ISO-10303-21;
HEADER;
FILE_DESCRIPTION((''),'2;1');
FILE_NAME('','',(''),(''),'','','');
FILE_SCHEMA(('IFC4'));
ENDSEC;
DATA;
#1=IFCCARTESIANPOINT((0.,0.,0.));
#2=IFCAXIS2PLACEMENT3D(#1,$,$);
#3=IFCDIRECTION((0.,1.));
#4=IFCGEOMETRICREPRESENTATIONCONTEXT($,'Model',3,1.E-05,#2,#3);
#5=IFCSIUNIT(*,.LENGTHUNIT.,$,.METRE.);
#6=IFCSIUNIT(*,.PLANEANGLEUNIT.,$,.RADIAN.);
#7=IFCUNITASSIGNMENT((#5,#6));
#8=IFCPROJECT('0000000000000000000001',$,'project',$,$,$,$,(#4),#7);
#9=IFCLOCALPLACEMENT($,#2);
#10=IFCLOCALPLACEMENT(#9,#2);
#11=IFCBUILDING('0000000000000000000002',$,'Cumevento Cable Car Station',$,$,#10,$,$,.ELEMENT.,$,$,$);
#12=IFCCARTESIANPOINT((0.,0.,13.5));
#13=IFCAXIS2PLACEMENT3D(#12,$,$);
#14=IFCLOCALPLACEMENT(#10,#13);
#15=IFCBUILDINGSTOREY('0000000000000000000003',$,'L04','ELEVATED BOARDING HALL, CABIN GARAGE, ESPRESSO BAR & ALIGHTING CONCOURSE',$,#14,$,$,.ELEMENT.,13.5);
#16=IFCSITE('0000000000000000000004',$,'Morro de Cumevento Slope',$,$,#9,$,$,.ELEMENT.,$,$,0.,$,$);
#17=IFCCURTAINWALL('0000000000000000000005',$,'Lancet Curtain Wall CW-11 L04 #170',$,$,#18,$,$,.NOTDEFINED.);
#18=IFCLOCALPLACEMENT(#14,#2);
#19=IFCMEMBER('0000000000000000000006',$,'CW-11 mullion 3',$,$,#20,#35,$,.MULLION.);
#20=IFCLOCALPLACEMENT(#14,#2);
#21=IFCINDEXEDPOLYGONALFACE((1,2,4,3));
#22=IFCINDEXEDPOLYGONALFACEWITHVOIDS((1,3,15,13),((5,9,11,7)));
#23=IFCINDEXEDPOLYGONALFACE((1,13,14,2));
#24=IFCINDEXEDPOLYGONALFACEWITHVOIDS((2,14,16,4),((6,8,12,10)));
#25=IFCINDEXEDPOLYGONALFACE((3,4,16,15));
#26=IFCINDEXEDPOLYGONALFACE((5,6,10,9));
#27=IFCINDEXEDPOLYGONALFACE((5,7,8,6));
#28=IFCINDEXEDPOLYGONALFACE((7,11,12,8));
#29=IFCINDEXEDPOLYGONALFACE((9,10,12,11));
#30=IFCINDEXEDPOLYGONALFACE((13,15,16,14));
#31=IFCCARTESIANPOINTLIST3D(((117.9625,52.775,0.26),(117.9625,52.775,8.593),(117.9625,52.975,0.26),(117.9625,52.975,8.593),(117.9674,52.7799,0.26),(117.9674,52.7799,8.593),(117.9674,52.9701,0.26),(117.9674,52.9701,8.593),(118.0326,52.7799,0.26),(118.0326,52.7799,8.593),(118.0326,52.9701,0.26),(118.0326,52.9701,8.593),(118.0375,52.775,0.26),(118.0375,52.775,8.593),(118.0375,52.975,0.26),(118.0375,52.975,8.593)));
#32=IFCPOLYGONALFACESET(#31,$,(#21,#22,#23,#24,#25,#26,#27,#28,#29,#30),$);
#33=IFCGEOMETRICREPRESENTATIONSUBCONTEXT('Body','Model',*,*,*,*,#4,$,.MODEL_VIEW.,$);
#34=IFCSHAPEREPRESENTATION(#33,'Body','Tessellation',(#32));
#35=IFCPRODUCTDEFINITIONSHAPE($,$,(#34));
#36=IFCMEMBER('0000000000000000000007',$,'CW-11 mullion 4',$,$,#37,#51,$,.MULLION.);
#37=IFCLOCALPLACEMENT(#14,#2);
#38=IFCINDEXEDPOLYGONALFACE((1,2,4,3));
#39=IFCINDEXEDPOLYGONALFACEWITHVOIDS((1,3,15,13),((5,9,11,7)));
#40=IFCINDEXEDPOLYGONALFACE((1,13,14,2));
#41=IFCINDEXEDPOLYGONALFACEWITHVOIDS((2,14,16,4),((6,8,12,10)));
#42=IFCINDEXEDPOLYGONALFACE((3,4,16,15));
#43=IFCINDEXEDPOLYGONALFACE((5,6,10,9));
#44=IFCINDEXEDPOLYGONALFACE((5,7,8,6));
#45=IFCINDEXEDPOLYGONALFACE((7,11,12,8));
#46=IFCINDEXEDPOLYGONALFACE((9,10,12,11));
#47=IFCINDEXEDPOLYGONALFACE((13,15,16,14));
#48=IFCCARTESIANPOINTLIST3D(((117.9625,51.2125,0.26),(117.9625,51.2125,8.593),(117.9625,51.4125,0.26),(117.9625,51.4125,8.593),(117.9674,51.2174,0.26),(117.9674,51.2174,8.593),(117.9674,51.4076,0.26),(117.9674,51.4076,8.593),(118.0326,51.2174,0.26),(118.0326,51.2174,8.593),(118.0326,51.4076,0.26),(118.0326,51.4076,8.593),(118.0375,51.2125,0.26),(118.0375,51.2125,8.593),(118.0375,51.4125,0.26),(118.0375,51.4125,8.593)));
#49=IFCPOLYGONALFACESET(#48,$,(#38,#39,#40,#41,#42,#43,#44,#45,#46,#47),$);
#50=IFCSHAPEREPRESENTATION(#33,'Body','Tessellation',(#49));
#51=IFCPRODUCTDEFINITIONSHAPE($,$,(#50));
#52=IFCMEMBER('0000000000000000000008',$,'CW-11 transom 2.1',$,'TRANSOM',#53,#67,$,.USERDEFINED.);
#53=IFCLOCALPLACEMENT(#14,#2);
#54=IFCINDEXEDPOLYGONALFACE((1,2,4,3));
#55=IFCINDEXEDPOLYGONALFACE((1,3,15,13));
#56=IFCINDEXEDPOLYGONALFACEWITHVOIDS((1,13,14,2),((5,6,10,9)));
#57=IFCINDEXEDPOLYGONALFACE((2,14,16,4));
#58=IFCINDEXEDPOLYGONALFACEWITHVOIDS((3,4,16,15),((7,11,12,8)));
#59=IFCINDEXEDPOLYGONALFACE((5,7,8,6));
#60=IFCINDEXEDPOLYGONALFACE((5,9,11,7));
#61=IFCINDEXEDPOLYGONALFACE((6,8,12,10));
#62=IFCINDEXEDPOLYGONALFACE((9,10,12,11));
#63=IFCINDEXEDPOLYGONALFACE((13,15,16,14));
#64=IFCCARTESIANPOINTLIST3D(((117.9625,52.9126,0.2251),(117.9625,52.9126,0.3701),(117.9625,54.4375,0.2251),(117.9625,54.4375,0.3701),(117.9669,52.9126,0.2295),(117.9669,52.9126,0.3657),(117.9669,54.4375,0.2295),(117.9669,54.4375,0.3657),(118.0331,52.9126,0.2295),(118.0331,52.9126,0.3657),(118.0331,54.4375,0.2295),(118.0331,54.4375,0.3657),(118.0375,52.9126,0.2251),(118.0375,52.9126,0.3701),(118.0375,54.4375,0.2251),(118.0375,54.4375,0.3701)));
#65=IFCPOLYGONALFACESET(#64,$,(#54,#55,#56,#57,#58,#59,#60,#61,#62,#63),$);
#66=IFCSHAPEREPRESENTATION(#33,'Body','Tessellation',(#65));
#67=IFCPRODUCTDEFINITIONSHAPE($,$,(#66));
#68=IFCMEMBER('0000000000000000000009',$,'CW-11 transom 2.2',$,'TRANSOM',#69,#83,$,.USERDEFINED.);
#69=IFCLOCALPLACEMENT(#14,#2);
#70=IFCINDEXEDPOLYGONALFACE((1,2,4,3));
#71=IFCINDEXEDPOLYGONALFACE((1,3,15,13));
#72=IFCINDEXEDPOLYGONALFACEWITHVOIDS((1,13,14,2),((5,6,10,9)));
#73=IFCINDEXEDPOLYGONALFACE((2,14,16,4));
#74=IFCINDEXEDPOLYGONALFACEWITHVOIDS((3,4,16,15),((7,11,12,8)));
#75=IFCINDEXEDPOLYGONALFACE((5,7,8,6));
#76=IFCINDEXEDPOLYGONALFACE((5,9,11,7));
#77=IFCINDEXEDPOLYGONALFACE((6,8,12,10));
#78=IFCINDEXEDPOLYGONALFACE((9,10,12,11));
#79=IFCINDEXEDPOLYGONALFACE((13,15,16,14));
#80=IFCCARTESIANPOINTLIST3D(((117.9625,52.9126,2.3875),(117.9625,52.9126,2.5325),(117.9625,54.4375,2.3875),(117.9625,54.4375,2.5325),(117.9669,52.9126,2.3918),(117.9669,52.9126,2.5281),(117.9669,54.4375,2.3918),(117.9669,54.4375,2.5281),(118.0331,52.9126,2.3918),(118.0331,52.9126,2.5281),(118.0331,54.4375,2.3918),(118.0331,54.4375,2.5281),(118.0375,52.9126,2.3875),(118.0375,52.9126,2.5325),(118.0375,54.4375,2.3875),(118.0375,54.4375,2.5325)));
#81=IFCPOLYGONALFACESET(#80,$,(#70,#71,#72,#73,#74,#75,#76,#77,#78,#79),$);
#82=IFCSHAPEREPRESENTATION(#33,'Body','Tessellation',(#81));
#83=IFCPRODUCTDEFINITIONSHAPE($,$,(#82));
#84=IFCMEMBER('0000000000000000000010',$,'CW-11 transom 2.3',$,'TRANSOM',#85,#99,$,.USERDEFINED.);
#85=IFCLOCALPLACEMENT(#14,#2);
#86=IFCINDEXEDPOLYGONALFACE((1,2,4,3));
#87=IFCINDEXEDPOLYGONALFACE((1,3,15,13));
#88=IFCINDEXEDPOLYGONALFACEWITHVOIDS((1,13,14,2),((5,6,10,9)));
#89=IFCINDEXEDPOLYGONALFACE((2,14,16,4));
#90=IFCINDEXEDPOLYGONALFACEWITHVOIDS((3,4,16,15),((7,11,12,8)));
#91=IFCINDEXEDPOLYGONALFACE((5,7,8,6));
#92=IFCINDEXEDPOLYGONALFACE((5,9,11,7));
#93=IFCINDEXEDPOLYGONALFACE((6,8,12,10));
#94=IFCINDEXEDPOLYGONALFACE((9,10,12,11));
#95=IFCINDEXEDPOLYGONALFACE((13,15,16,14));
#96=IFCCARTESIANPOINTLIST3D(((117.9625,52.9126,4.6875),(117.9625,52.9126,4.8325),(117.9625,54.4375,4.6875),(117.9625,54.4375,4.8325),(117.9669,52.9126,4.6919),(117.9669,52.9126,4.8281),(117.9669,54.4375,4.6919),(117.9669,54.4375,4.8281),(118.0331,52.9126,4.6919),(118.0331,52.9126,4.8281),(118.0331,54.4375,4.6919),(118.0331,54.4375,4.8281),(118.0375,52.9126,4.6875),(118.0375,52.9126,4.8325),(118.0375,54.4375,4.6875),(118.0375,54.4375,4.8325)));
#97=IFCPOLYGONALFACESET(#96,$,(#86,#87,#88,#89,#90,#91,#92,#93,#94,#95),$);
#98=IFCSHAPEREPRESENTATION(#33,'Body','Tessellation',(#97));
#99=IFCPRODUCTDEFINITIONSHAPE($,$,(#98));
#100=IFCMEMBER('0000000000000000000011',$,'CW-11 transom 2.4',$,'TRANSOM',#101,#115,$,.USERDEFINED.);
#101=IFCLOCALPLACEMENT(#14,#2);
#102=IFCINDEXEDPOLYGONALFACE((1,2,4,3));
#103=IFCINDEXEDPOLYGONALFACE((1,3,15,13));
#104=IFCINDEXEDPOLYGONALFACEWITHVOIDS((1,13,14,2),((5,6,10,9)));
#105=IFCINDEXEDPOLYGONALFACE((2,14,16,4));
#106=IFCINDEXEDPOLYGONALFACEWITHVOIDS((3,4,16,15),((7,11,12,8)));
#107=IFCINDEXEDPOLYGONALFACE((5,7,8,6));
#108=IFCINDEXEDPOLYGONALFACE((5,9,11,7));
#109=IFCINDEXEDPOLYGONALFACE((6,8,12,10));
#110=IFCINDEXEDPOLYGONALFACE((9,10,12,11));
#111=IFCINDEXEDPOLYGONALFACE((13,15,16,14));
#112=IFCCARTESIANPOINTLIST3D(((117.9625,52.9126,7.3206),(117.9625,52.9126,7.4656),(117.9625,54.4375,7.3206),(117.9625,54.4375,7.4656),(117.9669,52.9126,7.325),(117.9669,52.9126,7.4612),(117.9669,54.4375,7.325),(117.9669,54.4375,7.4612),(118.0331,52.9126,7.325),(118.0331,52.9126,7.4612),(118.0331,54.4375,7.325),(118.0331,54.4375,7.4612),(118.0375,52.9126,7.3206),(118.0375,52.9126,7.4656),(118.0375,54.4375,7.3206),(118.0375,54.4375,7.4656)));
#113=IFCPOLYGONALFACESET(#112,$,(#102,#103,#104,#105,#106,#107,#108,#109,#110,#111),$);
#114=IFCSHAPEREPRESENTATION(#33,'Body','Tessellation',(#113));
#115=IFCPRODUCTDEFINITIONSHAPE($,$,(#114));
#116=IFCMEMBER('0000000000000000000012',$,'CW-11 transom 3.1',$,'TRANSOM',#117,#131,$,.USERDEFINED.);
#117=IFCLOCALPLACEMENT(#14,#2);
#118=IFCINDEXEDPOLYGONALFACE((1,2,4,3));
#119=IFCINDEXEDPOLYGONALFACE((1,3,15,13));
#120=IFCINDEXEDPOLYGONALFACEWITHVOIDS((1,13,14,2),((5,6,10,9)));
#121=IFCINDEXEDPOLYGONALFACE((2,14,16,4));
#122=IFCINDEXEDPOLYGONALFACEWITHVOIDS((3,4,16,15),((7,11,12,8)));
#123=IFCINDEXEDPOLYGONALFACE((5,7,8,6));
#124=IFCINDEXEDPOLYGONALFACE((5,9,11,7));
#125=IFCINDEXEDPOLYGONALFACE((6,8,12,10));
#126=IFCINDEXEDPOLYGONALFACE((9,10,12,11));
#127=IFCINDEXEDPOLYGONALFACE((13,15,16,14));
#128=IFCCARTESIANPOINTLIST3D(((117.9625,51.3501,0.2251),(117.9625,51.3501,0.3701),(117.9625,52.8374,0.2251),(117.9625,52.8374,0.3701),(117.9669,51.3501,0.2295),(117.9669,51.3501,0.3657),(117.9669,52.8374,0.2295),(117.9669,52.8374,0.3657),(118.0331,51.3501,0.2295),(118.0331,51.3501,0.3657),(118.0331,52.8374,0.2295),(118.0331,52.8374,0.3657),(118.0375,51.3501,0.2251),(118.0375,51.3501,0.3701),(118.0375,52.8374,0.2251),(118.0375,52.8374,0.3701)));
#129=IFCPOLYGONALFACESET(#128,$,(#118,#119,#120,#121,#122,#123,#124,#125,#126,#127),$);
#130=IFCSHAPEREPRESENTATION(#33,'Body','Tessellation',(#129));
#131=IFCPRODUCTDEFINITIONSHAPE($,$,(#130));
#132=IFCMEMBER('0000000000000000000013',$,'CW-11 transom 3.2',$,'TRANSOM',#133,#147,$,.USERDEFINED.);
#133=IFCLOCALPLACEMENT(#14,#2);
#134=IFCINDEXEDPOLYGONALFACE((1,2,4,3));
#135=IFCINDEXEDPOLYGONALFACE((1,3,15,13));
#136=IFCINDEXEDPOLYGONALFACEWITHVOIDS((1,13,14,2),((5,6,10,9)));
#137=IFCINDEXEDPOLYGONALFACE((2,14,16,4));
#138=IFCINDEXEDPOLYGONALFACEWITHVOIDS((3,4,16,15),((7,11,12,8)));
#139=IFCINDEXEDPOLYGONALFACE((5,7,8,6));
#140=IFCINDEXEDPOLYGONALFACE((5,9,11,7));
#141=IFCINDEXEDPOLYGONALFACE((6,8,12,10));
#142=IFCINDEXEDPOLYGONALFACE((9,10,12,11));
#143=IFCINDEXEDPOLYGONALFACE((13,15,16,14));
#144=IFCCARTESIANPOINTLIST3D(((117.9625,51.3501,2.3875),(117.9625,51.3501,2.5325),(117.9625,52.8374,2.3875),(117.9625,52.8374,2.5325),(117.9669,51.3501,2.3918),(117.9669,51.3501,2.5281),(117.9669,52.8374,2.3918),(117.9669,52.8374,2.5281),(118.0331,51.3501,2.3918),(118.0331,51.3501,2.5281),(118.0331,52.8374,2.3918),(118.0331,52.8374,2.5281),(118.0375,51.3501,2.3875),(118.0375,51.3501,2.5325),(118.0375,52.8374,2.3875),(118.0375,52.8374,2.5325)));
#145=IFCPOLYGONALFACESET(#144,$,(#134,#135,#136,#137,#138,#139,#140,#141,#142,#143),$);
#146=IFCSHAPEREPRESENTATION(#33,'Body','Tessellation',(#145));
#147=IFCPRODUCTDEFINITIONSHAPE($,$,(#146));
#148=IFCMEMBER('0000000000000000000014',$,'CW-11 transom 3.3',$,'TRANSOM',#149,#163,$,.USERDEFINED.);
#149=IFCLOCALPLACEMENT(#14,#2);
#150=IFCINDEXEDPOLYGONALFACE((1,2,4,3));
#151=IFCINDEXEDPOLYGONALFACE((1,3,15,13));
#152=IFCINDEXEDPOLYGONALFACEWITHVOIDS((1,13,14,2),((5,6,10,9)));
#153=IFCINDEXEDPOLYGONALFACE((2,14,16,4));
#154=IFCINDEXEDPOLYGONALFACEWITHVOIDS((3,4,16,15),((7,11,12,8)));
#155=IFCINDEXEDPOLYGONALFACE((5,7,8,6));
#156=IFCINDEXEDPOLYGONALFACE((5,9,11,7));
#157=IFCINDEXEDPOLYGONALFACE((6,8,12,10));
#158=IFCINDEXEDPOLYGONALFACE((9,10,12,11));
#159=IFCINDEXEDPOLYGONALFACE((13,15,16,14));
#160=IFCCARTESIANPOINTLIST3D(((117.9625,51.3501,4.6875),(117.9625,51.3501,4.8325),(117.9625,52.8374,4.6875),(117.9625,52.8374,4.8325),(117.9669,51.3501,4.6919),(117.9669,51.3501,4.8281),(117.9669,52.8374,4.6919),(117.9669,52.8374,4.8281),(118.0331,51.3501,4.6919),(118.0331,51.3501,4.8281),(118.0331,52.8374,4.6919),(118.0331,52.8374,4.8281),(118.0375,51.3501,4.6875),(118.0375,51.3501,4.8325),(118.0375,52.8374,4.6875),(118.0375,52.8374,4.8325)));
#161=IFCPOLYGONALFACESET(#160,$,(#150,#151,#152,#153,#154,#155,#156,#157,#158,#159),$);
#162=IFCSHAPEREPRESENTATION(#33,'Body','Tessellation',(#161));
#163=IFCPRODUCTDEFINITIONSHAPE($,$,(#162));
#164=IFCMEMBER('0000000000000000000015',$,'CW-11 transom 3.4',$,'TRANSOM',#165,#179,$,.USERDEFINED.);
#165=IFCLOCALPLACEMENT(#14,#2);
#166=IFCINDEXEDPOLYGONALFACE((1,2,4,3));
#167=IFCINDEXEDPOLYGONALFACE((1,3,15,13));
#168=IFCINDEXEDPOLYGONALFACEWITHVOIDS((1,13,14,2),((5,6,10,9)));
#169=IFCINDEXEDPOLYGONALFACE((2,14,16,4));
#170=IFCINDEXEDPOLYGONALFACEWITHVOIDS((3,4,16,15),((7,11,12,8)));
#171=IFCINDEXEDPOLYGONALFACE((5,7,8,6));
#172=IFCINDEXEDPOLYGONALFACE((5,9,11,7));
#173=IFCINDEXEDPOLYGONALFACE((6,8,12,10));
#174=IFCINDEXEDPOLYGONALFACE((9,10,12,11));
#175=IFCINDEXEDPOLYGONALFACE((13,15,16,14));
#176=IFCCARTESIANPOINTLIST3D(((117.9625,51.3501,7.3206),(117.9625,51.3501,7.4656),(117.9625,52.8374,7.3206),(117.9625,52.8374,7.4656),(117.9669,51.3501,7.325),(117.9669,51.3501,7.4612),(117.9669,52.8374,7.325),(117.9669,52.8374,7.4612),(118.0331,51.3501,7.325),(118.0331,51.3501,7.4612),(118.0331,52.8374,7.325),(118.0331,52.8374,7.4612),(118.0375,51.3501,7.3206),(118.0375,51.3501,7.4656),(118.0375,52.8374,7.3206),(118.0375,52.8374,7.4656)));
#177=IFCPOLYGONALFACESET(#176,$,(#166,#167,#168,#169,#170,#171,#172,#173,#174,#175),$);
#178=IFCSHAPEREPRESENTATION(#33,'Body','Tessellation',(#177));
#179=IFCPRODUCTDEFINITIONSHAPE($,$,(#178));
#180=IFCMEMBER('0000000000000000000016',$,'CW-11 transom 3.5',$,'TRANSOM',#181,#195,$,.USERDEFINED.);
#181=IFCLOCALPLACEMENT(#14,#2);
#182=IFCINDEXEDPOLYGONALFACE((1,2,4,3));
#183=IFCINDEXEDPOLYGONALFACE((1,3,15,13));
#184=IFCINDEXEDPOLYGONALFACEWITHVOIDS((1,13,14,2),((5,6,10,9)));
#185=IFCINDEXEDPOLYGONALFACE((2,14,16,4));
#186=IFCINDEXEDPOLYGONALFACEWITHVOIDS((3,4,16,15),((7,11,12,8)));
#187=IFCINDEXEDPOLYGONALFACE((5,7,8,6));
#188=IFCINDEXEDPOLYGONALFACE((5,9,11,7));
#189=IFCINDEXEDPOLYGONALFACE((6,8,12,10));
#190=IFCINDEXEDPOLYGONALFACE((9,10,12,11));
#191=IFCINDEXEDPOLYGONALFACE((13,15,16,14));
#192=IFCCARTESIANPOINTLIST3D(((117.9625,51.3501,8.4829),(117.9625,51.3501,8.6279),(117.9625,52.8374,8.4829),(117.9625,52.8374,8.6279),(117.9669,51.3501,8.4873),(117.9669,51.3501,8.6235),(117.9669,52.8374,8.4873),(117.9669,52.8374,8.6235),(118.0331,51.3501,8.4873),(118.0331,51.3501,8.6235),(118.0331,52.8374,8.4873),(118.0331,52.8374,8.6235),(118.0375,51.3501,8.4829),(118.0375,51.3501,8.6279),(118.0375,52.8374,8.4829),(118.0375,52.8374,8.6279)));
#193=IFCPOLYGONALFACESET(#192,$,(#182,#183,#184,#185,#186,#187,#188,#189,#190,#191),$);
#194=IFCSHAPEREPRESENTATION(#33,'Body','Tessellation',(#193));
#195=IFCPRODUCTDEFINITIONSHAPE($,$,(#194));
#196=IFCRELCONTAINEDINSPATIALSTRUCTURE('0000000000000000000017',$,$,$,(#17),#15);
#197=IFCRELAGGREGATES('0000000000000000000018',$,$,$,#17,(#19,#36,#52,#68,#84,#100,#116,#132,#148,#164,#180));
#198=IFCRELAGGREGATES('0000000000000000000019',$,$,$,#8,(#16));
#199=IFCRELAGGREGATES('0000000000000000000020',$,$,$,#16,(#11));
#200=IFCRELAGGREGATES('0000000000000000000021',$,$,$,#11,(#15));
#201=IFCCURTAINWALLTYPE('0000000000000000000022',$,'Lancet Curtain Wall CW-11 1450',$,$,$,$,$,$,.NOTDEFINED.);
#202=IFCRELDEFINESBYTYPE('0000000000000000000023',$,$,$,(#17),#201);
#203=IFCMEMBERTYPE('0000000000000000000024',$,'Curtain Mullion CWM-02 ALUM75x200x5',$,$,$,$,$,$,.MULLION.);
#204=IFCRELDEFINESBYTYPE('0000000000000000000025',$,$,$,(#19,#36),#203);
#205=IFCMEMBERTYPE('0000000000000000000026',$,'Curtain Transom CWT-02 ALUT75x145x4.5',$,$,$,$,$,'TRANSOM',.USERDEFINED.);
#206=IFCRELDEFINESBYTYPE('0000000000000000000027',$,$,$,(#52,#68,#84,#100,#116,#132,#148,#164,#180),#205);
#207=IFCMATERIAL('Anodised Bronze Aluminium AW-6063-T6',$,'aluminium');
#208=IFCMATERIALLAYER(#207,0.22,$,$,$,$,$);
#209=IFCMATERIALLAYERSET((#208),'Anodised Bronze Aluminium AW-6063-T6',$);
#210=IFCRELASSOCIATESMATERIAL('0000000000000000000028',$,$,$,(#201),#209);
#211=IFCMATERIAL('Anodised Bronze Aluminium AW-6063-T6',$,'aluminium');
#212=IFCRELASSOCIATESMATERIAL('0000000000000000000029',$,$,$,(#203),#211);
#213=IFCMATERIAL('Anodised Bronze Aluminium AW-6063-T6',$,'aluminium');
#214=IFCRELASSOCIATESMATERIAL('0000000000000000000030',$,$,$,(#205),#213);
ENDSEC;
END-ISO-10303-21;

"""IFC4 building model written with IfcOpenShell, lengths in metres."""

from ifc_helpers import new_model, si_unit, direction, frame, origin, origin_2d, place, context, subcontext, project, spatial, hollow_rectangle, extrude, material, layer, layer_set, material_profile, profile_set, type_object, element, aggregate, save


model = new_model("IFC4")

# Units and contexts
model_context = context("Model", 3, precision=1e-05, world=origin(), true_north=direction((0.0, 1.0)))
body_context = subcontext(model_context, "Body", "Model", "MODEL_VIEW")
ifc_project = project(units=[si_unit("LENGTHUNIT", "METRE"), si_unit("PLANEANGLEUNIT", "RADIAN")], contexts=[model_context])

# Site, building, storey
site_placement = place(None, origin())
site = spatial("IfcSite", under=ifc_project, at=site_placement, Name="Morro de Cumevento Slope", CompositionType="ELEMENT", RefElevation=0.0)
building_placement = place(site_placement, origin())
building = spatial("IfcBuilding", under=site, at=building_placement, Name="Cumevento Cable Car Station", CompositionType="ELEMENT")
storey_placement = place(building_placement, frame((0.0, 0.0, 13.5)))
storey = spatial("IfcBuildingStorey", under=building, at=storey_placement, Name="L04", Description="ELEVATED BOARDING HALL, CABIN GARAGE, ESPRESSO BAR & ALIGHTING CONCOURSE", CompositionType="ELEMENT", Elevation=13.5)

# Curtain wall, members
ifc_material_1 = material(Name="Anodised Bronze Aluminium AW-6063-T6", Category="aluminium")
ifc_layer_1 = layer(ifc_material_1, 0.22)
ifc_layer_set_1 = layer_set([ifc_layer_1], Name="Anodised Bronze Aluminium AW-6063-T6")
curtain_wall_type = type_object("IfcCurtainWallType", Name="Lancet Curtain Wall CW-11 1450", PredefinedType="NOTDEFINED", material=ifc_layer_set_1)
curtain_wall_placement = place(storey_placement, origin())
curtain_wall = element("IfcCurtainWall", 1, at=curtain_wall_placement, inside=storey, type_object=curtain_wall_type, Name="Lancet Curtain Wall CW-11 L04 #170", PredefinedType="NOTDEFINED")
ifc_material_2 = material(Name="Anodised Bronze Aluminium AW-6063-T6", Category="aluminium")
ifc_material_profile_1 = material_profile(ifc_material_2, hollow_rectangle(XDim=0.075, YDim=0.2, WallThickness=0.0049, at=origin_2d()), Name="ALUM75x200x5")
ifc_profile_set_1 = profile_set([ifc_material_profile_1], Name="Anodised Bronze Aluminium AW-6063-T6")
member_type_1 = type_object("IfcMemberType", Name="Curtain Mullion CWM-02 ALUM75x200x5", PredefinedType="MULLION", material=ifc_profile_set_1)
member_1_placement = place(storey_placement, frame((118.0, 52.875, 0.26), z_axis=(0.0, 0.0, 1.0), x_axis=(1.0, 0.0, 0.0)))
member_1 = element("IfcMember", 2, at=member_1_placement, type_object=member_type_1, Name="CW-11 mullion 3", PredefinedType="MULLION", context=body_context, shape_type="SweptSolid", body=[
    extrude(hollow_rectangle(XDim=0.075, YDim=0.2, WallThickness=0.0049, at=origin_2d()), origin(), (0.0, 0.0, 1.0), 8.333),
])
member_2_placement = place(storey_placement, frame((118.0, 51.3125, 0.26), z_axis=(0.0, 0.0, 1.0), x_axis=(1.0, 0.0, 0.0)))
member_2 = element("IfcMember", 3, at=member_2_placement, type_object=member_type_1, Name="CW-11 mullion 4", PredefinedType="MULLION", context=body_context, shape_type="SweptSolid", body=[
    extrude(hollow_rectangle(XDim=0.075, YDim=0.2, WallThickness=0.0049, at=origin_2d()), origin(), (0.0, 0.0, 1.0), 8.333),
])
ifc_material_3 = material(Name="Anodised Bronze Aluminium AW-6063-T6", Category="aluminium")
ifc_material_profile_2 = material_profile(ifc_material_3, hollow_rectangle(XDim=0.075, YDim=0.145, WallThickness=0.0044, at=origin_2d()), Name="ALUT75x145x4.5")
ifc_profile_set_2 = profile_set([ifc_material_profile_2], Name="Anodised Bronze Aluminium AW-6063-T6")
member_type_2 = type_object("IfcMemberType", Name="Curtain Transom CWT-02 ALUT75x145x4.5", ElementType="TRANSOM", PredefinedType="USERDEFINED", material=ifc_profile_set_2)
member_3_placement = place(storey_placement, frame((118.0, 54.4375, 0.2976), z_axis=(0.0, -1.0, 0.0), x_axis=(1.0, 0.0, 0.0)))
member_3 = element("IfcMember", 4, at=member_3_placement, type_object=member_type_2, Name="CW-11 transom 2.1", ObjectType="TRANSOM", PredefinedType="USERDEFINED", context=body_context, shape_type="SweptSolid", body=[
    extrude(hollow_rectangle(XDim=0.075, YDim=0.145, WallThickness=0.0044, at=origin_2d()), origin(), (0.0, 0.0, 1.0), 1.5249),
])
member_4_placement = place(storey_placement, frame((118.0, 54.4375, 2.46), z_axis=(0.0, -1.0, 0.0), x_axis=(1.0, 0.0, 0.0)))
member_4 = element("IfcMember", 5, at=member_4_placement, type_object=member_type_2, Name="CW-11 transom 2.2", ObjectType="TRANSOM", PredefinedType="USERDEFINED", context=body_context, shape_type="SweptSolid", body=[
    extrude(hollow_rectangle(XDim=0.075, YDim=0.145, WallThickness=0.0044, at=origin_2d()), origin(), (0.0, 0.0, 1.0), 1.5249),
])
member_5_placement = place(storey_placement, frame((118.0, 54.4375, 4.76), z_axis=(0.0, -1.0, 0.0), x_axis=(1.0, 0.0, 0.0)))
member_5 = element("IfcMember", 6, at=member_5_placement, type_object=member_type_2, Name="CW-11 transom 2.3", ObjectType="TRANSOM", PredefinedType="USERDEFINED", context=body_context, shape_type="SweptSolid", body=[
    extrude(hollow_rectangle(XDim=0.075, YDim=0.145, WallThickness=0.0044, at=origin_2d()), origin(), (0.0, 0.0, 1.0), 1.5249),
])
member_6_placement = place(storey_placement, frame((118.0, 54.4375, 7.3931), z_axis=(0.0, -1.0, 0.0), x_axis=(1.0, 0.0, 0.0)))
member_6 = element("IfcMember", 7, at=member_6_placement, type_object=member_type_2, Name="CW-11 transom 2.4", ObjectType="TRANSOM", PredefinedType="USERDEFINED", context=body_context, shape_type="SweptSolid", body=[
    extrude(hollow_rectangle(XDim=0.075, YDim=0.145, WallThickness=0.0044, at=origin_2d()), origin(), (0.0, 0.0, 1.0), 1.5249),
])
member_7_placement = place(storey_placement, frame((118.0, 52.8374, 0.2976), z_axis=(0.0, -1.0, 0.0), x_axis=(1.0, 0.0, 0.0)))
member_7 = element("IfcMember", 8, at=member_7_placement, type_object=member_type_2, Name="CW-11 transom 3.1", ObjectType="TRANSOM", PredefinedType="USERDEFINED", context=body_context, shape_type="SweptSolid", body=[
    extrude(hollow_rectangle(XDim=0.075, YDim=0.145, WallThickness=0.0044, at=origin_2d()), origin(), (0.0, 0.0, 1.0), 1.4873),
])
member_8_placement = place(storey_placement, frame((118.0, 52.8374, 2.46), z_axis=(0.0, -1.0, 0.0), x_axis=(1.0, 0.0, 0.0)))
member_8 = element("IfcMember", 9, at=member_8_placement, type_object=member_type_2, Name="CW-11 transom 3.2", ObjectType="TRANSOM", PredefinedType="USERDEFINED", context=body_context, shape_type="SweptSolid", body=[
    extrude(hollow_rectangle(XDim=0.075, YDim=0.145, WallThickness=0.0044, at=origin_2d()), origin(), (0.0, 0.0, 1.0), 1.4873),
])
member_9_placement = place(storey_placement, frame((118.0, 52.8374, 4.76), z_axis=(0.0, -1.0, 0.0), x_axis=(1.0, 0.0, 0.0)))
member_9 = element("IfcMember", 10, at=member_9_placement, type_object=member_type_2, Name="CW-11 transom 3.3", ObjectType="TRANSOM", PredefinedType="USERDEFINED", context=body_context, shape_type="SweptSolid", body=[
    extrude(hollow_rectangle(XDim=0.075, YDim=0.145, WallThickness=0.0044, at=origin_2d()), origin(), (0.0, 0.0, 1.0), 1.4873),
])
member_10_placement = place(storey_placement, frame((118.0, 52.8374, 7.3931), z_axis=(0.0, -1.0, 0.0), x_axis=(1.0, 0.0, 0.0)))
member_10 = element("IfcMember", 11, at=member_10_placement, type_object=member_type_2, Name="CW-11 transom 3.4", ObjectType="TRANSOM", PredefinedType="USERDEFINED", context=body_context, shape_type="SweptSolid", body=[
    extrude(hollow_rectangle(XDim=0.075, YDim=0.145, WallThickness=0.0044, at=origin_2d()), origin(), (0.0, 0.0, 1.0), 1.4873),
])
member_11_placement = place(storey_placement, frame((118.0, 52.8374, 8.5554), z_axis=(0.0, -1.0, 0.0), x_axis=(1.0, 0.0, 0.0)))
member_11 = element("IfcMember", 12, at=member_11_placement, type_object=member_type_2, Name="CW-11 transom 3.5", ObjectType="TRANSOM", PredefinedType="USERDEFINED", context=body_context, shape_type="SweptSolid", body=[
    extrude(hollow_rectangle(XDim=0.075, YDim=0.145, WallThickness=0.0044, at=origin_2d()), origin(), (0.0, 0.0, 1.0), 1.4873),
])

aggregate(curtain_wall, [member_1, member_2, member_3, member_4, member_5, member_6, member_7, member_8, member_9, member_10, member_11])

save(model, "model.ifc")
